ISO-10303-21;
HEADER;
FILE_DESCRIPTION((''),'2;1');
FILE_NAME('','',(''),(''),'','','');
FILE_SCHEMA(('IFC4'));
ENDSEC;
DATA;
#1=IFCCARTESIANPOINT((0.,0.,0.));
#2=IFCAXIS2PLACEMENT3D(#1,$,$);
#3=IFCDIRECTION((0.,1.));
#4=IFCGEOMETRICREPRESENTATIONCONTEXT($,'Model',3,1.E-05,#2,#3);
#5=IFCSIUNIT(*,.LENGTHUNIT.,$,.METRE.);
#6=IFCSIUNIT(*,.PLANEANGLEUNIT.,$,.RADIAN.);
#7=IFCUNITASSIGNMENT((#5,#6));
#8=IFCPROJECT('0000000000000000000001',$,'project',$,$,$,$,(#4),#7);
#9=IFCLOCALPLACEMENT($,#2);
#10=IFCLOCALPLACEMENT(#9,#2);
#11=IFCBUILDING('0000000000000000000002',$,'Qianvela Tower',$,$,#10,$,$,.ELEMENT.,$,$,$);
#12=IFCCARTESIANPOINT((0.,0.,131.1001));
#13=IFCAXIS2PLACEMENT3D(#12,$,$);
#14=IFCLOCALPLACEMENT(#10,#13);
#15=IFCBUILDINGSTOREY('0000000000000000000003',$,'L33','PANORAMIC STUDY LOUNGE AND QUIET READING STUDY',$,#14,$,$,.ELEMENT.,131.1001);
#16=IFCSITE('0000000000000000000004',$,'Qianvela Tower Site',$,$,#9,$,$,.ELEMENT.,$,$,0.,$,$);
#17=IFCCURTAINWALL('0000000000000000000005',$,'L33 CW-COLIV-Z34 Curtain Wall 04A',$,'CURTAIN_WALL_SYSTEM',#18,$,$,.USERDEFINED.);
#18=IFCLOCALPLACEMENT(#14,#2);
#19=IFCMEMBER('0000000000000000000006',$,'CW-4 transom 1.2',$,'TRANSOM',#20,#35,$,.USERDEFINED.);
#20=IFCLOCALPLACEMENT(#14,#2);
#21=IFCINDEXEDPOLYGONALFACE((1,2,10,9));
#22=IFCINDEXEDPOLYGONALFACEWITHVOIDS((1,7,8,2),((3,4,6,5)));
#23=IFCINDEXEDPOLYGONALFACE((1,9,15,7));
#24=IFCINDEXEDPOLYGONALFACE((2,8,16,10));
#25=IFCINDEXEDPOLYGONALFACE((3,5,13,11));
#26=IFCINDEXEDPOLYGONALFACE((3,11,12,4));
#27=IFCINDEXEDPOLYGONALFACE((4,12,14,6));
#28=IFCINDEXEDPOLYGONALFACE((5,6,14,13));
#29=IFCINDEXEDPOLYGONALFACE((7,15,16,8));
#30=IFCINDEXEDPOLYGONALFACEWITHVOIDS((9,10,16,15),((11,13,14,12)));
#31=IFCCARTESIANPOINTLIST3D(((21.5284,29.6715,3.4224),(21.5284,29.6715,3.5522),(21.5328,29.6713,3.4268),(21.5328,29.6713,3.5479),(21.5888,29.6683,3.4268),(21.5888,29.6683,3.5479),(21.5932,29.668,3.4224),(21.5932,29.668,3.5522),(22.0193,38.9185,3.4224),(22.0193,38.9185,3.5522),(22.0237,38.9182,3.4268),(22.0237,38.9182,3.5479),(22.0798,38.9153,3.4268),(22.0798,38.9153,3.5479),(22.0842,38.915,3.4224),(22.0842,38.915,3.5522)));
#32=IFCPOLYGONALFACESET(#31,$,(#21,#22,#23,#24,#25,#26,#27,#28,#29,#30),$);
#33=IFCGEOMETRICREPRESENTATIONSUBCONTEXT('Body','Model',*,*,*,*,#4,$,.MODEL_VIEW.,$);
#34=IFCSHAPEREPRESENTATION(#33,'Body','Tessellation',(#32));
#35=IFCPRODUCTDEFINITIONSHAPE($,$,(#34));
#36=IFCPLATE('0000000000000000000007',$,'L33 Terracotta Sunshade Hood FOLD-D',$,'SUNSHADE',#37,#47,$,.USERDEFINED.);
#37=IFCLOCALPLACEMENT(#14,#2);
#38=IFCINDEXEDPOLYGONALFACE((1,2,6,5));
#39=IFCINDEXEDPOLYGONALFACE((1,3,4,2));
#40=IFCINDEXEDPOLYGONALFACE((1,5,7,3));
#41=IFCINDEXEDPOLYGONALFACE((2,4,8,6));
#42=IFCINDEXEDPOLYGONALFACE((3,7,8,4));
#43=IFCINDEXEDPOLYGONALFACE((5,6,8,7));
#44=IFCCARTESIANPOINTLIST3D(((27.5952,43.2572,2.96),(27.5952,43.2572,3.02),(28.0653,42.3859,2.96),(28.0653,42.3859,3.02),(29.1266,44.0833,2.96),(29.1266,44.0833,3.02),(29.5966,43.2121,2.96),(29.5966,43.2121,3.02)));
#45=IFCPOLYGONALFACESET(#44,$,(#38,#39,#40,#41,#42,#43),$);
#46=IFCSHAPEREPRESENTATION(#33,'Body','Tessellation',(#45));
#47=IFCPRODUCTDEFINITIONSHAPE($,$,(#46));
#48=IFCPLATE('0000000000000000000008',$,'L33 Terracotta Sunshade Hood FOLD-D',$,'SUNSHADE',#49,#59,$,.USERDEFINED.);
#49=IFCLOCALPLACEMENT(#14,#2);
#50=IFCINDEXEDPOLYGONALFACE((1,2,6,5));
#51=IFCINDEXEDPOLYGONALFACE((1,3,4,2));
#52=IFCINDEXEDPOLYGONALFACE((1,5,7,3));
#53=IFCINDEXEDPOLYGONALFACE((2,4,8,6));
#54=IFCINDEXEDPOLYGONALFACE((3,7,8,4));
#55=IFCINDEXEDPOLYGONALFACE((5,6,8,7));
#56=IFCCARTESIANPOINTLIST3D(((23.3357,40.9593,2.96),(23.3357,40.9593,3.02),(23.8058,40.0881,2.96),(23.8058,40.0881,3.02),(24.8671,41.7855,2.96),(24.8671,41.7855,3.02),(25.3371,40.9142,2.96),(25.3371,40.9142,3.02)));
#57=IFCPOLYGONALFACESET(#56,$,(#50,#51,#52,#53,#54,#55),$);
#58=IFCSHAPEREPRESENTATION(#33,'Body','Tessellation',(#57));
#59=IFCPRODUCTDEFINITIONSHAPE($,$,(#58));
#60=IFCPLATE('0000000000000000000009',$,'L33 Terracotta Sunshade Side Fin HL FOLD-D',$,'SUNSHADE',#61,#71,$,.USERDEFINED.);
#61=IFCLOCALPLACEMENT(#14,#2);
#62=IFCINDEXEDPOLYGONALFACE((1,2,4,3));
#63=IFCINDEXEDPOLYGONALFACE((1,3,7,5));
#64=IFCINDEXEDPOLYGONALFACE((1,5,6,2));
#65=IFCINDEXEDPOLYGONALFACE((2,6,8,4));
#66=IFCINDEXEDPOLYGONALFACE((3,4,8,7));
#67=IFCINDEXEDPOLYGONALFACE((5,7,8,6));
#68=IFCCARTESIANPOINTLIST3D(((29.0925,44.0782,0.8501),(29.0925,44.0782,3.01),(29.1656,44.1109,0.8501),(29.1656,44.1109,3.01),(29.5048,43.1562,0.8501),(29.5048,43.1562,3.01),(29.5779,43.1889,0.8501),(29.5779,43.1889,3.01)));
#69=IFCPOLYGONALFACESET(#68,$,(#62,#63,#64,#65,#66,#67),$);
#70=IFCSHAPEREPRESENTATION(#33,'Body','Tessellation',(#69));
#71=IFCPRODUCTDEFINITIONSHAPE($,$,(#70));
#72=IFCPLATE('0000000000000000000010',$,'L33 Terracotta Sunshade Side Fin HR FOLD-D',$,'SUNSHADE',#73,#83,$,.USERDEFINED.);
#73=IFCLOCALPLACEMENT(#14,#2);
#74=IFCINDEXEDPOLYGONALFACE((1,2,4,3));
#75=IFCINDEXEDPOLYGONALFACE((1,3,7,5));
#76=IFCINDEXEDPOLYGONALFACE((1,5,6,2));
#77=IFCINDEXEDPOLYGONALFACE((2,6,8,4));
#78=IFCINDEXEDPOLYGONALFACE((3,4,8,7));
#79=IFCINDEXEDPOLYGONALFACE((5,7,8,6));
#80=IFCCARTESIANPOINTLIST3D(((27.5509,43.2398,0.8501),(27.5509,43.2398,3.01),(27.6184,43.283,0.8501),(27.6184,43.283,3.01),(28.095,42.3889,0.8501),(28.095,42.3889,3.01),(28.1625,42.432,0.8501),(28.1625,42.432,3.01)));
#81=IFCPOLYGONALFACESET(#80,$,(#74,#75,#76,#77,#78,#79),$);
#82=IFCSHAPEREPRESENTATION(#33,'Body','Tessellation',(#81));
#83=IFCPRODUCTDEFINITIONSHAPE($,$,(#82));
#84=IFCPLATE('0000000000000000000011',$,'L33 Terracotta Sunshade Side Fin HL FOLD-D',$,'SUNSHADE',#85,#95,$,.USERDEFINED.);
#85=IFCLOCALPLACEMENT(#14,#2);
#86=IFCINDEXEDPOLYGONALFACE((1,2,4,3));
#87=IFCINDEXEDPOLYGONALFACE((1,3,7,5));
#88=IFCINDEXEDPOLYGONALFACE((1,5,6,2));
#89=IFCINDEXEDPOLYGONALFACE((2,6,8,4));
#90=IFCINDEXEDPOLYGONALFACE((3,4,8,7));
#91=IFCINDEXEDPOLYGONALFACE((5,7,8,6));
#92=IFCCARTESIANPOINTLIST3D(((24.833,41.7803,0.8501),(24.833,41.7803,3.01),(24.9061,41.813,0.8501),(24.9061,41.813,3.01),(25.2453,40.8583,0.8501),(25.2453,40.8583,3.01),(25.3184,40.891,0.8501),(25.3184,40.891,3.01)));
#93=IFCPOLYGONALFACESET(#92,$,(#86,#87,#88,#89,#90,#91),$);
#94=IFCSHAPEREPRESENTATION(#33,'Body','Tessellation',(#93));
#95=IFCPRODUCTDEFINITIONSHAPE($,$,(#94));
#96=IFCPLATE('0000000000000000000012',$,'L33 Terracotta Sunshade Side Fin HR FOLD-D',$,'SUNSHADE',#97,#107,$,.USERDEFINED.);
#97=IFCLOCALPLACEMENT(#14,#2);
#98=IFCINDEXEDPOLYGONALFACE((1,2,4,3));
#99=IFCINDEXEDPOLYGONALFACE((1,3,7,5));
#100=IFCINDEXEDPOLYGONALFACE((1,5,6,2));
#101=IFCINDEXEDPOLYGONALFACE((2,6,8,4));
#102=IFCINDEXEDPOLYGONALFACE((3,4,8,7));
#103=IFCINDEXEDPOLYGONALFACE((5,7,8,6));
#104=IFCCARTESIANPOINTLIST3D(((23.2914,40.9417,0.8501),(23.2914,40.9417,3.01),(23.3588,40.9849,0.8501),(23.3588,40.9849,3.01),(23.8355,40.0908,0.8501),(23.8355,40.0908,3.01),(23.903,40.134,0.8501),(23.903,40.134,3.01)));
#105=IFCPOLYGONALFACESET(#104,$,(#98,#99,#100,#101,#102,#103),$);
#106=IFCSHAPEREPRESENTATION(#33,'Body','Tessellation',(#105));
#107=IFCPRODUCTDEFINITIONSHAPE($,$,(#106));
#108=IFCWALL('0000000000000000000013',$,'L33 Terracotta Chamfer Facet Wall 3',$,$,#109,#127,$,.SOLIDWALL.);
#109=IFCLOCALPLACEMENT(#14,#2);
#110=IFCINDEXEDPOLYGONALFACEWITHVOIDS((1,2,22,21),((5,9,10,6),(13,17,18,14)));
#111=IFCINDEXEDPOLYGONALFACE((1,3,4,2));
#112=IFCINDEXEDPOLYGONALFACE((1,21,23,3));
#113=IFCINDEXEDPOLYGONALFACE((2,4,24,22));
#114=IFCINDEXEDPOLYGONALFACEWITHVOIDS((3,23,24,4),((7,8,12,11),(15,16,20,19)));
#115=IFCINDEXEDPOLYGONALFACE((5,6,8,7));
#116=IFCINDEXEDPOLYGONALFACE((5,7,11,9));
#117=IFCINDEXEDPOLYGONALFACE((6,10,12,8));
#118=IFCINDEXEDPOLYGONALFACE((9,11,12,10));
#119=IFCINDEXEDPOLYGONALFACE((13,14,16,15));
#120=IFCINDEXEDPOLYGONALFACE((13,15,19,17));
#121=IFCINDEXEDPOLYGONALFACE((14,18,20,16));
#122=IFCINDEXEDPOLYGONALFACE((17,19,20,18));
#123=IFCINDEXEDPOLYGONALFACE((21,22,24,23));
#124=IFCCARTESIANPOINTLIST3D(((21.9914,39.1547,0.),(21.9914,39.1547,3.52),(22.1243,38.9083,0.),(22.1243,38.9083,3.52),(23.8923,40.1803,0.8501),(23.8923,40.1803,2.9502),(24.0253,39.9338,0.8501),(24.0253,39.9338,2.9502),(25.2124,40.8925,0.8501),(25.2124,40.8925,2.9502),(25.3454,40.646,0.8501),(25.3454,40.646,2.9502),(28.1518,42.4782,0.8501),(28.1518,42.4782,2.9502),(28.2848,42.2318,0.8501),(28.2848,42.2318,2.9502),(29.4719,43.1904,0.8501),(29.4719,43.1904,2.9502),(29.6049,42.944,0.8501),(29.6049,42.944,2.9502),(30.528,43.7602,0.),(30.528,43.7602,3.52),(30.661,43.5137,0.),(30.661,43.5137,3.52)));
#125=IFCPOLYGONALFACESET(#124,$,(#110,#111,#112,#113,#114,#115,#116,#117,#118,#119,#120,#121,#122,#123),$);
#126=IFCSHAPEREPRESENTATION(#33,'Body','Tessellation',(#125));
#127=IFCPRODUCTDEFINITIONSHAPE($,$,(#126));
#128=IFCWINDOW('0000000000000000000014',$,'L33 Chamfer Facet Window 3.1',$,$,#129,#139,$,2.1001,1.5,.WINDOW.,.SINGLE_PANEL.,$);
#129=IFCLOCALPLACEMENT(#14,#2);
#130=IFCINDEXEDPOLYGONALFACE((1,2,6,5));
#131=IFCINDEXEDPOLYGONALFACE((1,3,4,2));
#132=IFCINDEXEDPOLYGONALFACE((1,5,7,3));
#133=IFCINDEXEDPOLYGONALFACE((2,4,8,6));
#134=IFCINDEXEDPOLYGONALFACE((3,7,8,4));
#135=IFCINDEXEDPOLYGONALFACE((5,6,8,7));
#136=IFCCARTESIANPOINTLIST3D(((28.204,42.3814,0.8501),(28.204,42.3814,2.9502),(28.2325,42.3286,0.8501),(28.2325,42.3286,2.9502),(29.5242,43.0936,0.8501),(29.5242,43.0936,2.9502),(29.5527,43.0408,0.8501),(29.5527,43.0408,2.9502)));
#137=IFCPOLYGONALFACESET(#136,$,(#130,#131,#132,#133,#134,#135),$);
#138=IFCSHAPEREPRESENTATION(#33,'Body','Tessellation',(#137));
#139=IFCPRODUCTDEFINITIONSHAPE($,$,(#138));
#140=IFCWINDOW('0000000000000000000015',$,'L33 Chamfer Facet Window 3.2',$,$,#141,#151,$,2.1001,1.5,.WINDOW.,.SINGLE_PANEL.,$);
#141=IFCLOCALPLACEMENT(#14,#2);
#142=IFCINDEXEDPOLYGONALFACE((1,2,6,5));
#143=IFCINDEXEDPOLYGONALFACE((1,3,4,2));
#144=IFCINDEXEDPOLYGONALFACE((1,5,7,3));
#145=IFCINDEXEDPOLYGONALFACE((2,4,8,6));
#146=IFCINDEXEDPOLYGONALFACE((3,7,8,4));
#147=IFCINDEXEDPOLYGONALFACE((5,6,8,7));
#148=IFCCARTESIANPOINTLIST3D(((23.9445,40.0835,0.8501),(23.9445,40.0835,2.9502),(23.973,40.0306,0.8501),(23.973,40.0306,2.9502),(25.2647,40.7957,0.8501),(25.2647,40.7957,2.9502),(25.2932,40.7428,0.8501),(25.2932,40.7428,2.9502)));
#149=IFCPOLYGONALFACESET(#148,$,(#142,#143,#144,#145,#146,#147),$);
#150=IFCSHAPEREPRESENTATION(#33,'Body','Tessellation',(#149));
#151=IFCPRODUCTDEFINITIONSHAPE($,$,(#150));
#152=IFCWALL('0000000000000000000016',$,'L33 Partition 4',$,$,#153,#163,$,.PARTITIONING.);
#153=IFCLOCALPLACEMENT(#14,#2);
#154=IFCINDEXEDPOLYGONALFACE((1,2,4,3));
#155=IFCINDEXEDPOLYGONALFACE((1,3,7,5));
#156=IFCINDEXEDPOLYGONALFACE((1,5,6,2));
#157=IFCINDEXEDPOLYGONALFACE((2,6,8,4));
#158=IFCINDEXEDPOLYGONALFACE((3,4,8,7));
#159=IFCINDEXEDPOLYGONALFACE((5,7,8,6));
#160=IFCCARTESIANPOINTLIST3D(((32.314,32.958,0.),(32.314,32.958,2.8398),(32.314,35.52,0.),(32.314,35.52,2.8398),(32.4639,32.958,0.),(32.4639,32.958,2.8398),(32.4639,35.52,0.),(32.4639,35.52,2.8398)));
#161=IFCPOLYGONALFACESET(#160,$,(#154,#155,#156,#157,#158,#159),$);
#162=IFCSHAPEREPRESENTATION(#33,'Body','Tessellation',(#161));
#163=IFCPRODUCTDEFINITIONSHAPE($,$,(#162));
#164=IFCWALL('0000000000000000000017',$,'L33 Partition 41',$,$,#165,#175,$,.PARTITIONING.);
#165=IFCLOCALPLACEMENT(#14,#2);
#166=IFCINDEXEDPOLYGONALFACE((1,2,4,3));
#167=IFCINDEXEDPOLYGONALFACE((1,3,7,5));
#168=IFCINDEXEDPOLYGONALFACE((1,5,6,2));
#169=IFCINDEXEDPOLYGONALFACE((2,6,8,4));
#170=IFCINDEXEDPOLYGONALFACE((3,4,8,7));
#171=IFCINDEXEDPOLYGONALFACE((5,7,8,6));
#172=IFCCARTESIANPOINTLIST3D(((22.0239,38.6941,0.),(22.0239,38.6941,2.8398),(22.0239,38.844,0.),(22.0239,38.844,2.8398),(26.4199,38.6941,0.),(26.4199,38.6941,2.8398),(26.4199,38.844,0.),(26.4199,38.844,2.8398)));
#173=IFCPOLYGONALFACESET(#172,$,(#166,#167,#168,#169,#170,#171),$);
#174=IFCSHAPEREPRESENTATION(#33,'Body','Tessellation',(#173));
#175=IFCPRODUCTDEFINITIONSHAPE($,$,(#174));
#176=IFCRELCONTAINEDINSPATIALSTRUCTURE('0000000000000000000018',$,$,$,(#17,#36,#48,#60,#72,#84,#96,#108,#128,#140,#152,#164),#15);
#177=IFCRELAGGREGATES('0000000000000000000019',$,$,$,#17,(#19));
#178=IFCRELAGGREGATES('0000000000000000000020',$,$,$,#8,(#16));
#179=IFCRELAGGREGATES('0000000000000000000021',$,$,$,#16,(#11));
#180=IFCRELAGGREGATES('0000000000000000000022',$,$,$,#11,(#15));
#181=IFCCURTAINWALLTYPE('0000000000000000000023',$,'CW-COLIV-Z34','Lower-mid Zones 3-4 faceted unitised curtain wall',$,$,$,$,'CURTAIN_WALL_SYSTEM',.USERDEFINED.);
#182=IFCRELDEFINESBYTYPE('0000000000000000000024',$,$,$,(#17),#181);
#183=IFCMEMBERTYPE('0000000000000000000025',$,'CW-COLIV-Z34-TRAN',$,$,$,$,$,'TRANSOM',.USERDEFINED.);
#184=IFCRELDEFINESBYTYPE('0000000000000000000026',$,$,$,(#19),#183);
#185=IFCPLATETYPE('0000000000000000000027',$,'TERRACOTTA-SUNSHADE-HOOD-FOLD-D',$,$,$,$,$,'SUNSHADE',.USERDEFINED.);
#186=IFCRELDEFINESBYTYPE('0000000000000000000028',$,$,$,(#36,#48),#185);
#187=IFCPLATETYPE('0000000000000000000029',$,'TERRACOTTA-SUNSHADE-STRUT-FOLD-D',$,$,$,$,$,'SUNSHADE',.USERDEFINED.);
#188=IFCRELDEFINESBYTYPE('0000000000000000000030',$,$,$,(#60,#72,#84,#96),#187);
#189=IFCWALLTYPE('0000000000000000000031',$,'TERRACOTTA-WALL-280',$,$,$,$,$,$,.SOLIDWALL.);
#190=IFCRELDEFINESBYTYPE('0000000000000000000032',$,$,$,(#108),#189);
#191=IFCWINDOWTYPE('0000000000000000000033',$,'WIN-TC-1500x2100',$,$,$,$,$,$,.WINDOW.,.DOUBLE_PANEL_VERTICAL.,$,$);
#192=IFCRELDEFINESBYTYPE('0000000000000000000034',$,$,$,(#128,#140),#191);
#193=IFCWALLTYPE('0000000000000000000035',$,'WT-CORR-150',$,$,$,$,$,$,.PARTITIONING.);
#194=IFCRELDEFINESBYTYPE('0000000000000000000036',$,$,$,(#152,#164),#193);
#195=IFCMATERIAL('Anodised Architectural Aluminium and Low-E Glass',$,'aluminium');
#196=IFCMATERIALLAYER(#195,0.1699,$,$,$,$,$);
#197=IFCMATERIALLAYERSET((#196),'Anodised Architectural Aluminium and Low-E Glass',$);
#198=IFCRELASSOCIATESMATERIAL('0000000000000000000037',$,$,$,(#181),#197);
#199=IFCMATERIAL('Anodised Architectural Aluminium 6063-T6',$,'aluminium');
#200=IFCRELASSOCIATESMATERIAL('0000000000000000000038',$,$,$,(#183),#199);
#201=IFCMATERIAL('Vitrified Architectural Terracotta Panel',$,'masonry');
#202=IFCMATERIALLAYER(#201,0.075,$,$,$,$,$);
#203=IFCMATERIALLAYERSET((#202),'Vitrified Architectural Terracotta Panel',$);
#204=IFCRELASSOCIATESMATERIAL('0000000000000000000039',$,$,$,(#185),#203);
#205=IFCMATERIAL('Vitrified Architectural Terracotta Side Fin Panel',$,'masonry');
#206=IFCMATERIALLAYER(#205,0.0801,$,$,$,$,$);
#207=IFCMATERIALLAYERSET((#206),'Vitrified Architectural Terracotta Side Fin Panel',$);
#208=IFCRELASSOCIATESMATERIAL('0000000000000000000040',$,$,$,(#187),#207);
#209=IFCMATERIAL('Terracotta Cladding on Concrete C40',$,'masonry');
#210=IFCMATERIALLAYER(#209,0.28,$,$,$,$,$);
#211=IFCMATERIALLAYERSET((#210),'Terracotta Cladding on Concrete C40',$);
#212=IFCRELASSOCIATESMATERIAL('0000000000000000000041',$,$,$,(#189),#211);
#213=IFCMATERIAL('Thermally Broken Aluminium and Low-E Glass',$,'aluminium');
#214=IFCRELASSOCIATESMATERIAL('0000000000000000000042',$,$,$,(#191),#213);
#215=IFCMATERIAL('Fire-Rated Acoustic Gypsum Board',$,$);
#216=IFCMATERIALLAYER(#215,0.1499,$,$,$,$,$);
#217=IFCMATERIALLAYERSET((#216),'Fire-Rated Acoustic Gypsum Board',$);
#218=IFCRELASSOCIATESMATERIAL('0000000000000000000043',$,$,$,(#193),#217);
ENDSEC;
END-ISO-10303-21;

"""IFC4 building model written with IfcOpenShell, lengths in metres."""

from ifc_helpers import new_model, si_unit, direction, frame, frame_2d, origin, origin_2d, place, context, subcontext, project, spatial, rectangle, hollow_rectangle, extrude, material, layer, layer_set, material_profile, profile_set, type_object, element, fill, aggregate, save


model = new_model("IFC4")

# Units and contexts
model_context = context("Model", 3, precision=1e-05, world=origin(), true_north=direction((0.0, 1.0)))
body_context = subcontext(model_context, "Body", "Model", "MODEL_VIEW")
ifc_project = project(units=[si_unit("LENGTHUNIT", "METRE"), si_unit("PLANEANGLEUNIT", "RADIAN")], contexts=[model_context])

# Site, building, storey
site_placement = place(None, origin())
site = spatial("IfcSite", under=ifc_project, at=site_placement, Name="Qianvela Tower Site", CompositionType="ELEMENT", RefElevation=0.0)
building_placement = place(site_placement, origin())
building = spatial("IfcBuilding", under=site, at=building_placement, Name="Qianvela Tower", CompositionType="ELEMENT")
storey_placement = place(building_placement, frame((0.0, 0.0, 131.1001)))
storey = spatial("IfcBuildingStorey", under=building, at=storey_placement, Name="L33", Description="PANORAMIC STUDY LOUNGE AND QUIET READING STUDY", CompositionType="ELEMENT", Elevation=131.1001)

# Shared definitions
ifc_material_1 = material(Name="Anodised Architectural Aluminium and Low-E Glass", Category="aluminium")
ifc_layer_1 = layer(ifc_material_1, 0.1699)
ifc_layer_set_1 = layer_set([ifc_layer_1], Name="Anodised Architectural Aluminium and Low-E Glass")
curtain_wall_type = type_object("IfcCurtainWallType", Name="CW-COLIV-Z34", Description="Lower-mid Zones 3-4 faceted unitised curtain wall", ElementType="CURTAIN_WALL_SYSTEM", PredefinedType="USERDEFINED", material=ifc_layer_set_1)

# Curtain wall, member
curtain_wall_1_placement = place(storey_placement, origin())
curtain_wall_1 = element("IfcCurtainWall", 1, at=curtain_wall_1_placement, inside=storey, type_object=curtain_wall_type, Name="L33 CW-COLIV-Z34 Curtain Wall 04A", ObjectType="CURTAIN_WALL_SYSTEM", PredefinedType="USERDEFINED")
ifc_material_2 = material(Name="Anodised Architectural Aluminium 6063-T6", Category="aluminium")
ifc_material_profile_1 = material_profile(ifc_material_2, hollow_rectangle(XDim=0.0649, YDim=0.1299, WallThickness=0.0044, at=origin_2d()), Name="ALU-TRAN-65x130")
ifc_profile_set_1 = profile_set([ifc_material_profile_1], Name="Anodised Architectural Aluminium 6063-T6")
member_type_1 = type_object("IfcMemberType", Name="CW-COLIV-Z34-TRAN", ElementType="TRANSOM", PredefinedType="USERDEFINED", material=ifc_profile_set_1)
member_1_placement = place(storey_placement, frame((22.0518, 38.9167, 3.4873), z_axis=(-0.05302, -0.998593, 0.0), x_axis=(0.998593, -0.05302, 0.0)))
member_1 = element("IfcMember", 2, at=member_1_placement, type_object=member_type_1, Name="CW-4 transom 1.2", ObjectType="TRANSOM", PredefinedType="USERDEFINED", context=body_context, shape_type="SweptSolid", body=[
    extrude(hollow_rectangle(XDim=0.0649, YDim=0.1299, WallThickness=0.0044, at=origin_2d()), origin(), (0.0, 0.0, 1.0), 9.26),
])
aggregate(curtain_wall_1, [member_1])

# Plates
ifc_material_3 = material(Name="Vitrified Architectural Terracotta Panel", Category="masonry")
ifc_layer_2 = layer(ifc_material_3, 0.075)
ifc_layer_set_2 = layer_set([ifc_layer_2], Name="Vitrified Architectural Terracotta Panel")
plate_type_1 = type_object("IfcPlateType", Name="TERRACOTTA-SUNSHADE-HOOD-FOLD-D", ElementType="SUNSHADE", PredefinedType="USERDEFINED", material=ifc_layer_set_2)
for number, where, z_axis, x_axis, name in (
    (3, (28.5959, 43.2346, 2.96), (0.0, 0.0, 1.0), (-0.880093, -0.474801, 0.0), "L33 Terracotta Sunshade Hood FOLD-D"),
    (4, (24.3364, 40.9368, 2.96), (0.0, 0.0, 1.0), (-0.880093, -0.474801, 0.0), "L33 Terracotta Sunshade Hood FOLD-D"),
):
    element("IfcPlate", number, at=place(storey_placement, frame(where, z_axis=z_axis, x_axis=x_axis)), inside=storey, type_object=plate_type_1, Name=name, ObjectType="SUNSHADE", PredefinedType="USERDEFINED", context=body_context, shape_type="SweptSolid", body=[
        extrude(rectangle(XDim=1.74, YDim=0.99, at=origin_2d()), origin(), (0.0, 0.0, 1.0), 0.0601),
    ])
ifc_material_4 = material(Name="Vitrified Architectural Terracotta Side Fin Panel", Category="masonry")
ifc_layer_3 = layer(ifc_material_4, 0.0801)
ifc_layer_set_3 = layer_set([ifc_layer_3], Name="Vitrified Architectural Terracotta Side Fin Panel")
plate_type_2 = type_object("IfcPlateType", Name="TERRACOTTA-SUNSHADE-STRUT-FOLD-D", ElementType="SUNSHADE", PredefinedType="USERDEFINED", material=ifc_layer_set_3)
for number, where, z_axis, x_axis, name in (
    (5, (29.3352, 43.6335, 0.8501), (0.0, 0.0, 1.0), (-0.91286, -0.408273, 0.0), "L33 Terracotta Sunshade Side Fin HL FOLD-D"),
    (6, (27.8567, 42.8359, 0.8501), (0.0, 0.0, 1.0), (-0.842486, -0.538718, 0.0), "L33 Terracotta Sunshade Side Fin HR FOLD-D"),
    (7, (25.0757, 41.3357, 0.8501), (0.0, 0.0, 1.0), (-0.91286, -0.408273, 0.0), "L33 Terracotta Sunshade Side Fin HL FOLD-D"),
    (8, (23.5972, 40.5378, 0.8501), (0.0, 0.0, 1.0), (-0.842486, -0.538718, 0.0), "L33 Terracotta Sunshade Side Fin HR FOLD-D"),
):
    element("IfcPlate", number, at=place(storey_placement, frame(where, z_axis=z_axis, x_axis=x_axis)), inside=storey, type_object=plate_type_2, Name=name, ObjectType="SUNSHADE", PredefinedType="USERDEFINED", context=body_context, shape_type="SweptSolid", body=[
        extrude(rectangle(XDim=0.0801, YDim=1.01, at=origin_2d()), origin(), (0.0, 0.0, 1.0), 2.1599),
    ])

# Wall, openings, windows
ifc_material_5 = material(Name="Terracotta Cladding on Concrete C40", Category="masonry")
ifc_layer_4 = layer(ifc_material_5, 0.28)
ifc_layer_set_4 = layer_set([ifc_layer_4], Name="Terracotta Cladding on Concrete C40")
wall_type_1 = type_object("IfcWallType", Name="TERRACOTTA-WALL-280", PredefinedType="SOLIDWALL", material=ifc_layer_set_4)
wall_1_placement = place(storey_placement, frame((30.5945, 43.637, 0.0), z_axis=(0.0, 0.0, 1.0), x_axis=(-0.880091, -0.474805, 0.0)))
wall_1 = element("IfcWall", 9, at=wall_1_placement, inside=storey, type_object=wall_type_1, Name="L33 Terracotta Chamfer Facet Wall 3", PredefinedType="SOLIDWALL", context=body_context, shape_type="SweptSolid", body=[
    extrude(rectangle(XDim=9.6997, YDim=0.28, at=frame_2d((4.8499, 0.0))), origin(), (0.0, 0.0, 1.0), 3.52),
])
opening_1_placement = place(wall_1_placement, frame((1.2, 0.0, 0.8501)))
opening_1 = element("IfcOpeningElement", 10, at=opening_1_placement, cuts=wall_1, PredefinedType="OPENING", context=body_context, shape_type="SweptSolid", body=[
    extrude(rectangle(XDim=1.5, YDim=2.1001, at=frame_2d((0.75, 1.05))), frame((0.0, 0.1499, 0.0), z_axis=(0.0, -1.0, 0.0), x_axis=(1.0, 0.0, 0.0)), (0.0, 0.0, 1.0), 0.3),
])
opening_2_placement = place(wall_1_placement, frame((6.0398, 0.0, 0.8501)))
opening_2 = element("IfcOpeningElement", 11, at=opening_2_placement, cuts=wall_1, PredefinedType="OPENING", context=body_context, shape_type="SweptSolid", body=[
    extrude(rectangle(XDim=1.5, YDim=2.1001, at=frame_2d((0.75, 1.05))), frame((0.0, 0.1499, 0.0), z_axis=(0.0, -1.0, 0.0), x_axis=(1.0, 0.0, 0.0)), (0.0, 0.0, 1.0), 0.3),
])
ifc_material_6 = material(Name="Thermally Broken Aluminium and Low-E Glass", Category="aluminium")
window_type = type_object("IfcWindowType", Name="WIN-TC-1500x2100", PartitioningType="DOUBLE_PANEL_VERTICAL", PredefinedType="WINDOW", material=ifc_material_6)
window_1_placement = place(opening_1_placement, origin())
window_1 = element("IfcWindow", 12, at=window_1_placement, inside=storey, type_object=window_type, Name="L33 Chamfer Facet Window 3.1", OverallHeight=2.1001, OverallWidth=1.5, PartitioningType="SINGLE_PANEL", PredefinedType="WINDOW", context=body_context, shape_type="SweptSolid", body=[
    extrude(rectangle(XDim=1.5, YDim=2.1001, at=frame_2d((0.75, 1.05))), frame((0.0, 0.03, 0.0), z_axis=(0.0, -1.0, 0.0), x_axis=(1.0, 0.0, 0.0)), (0.0, 0.0, 1.0), 0.0601),
])
fill(opening_1, window_1)
window_2_placement = place(opening_2_placement, origin())
window_2 = element("IfcWindow", 13, at=window_2_placement, inside=storey, type_object=window_type, Name="L33 Chamfer Facet Window 3.2", OverallHeight=2.1001, OverallWidth=1.5, PartitioningType="SINGLE_PANEL", PredefinedType="WINDOW", context=body_context, shape_type="SweptSolid", body=[
    extrude(rectangle(XDim=1.5, YDim=2.1001, at=frame_2d((0.75, 1.05))), frame((0.0, 0.03, 0.0), z_axis=(0.0, -1.0, 0.0), x_axis=(1.0, 0.0, 0.0)), (0.0, 0.0, 1.0), 0.0601),
])
fill(opening_2, window_2)

# Shared definitions
ifc_material_7 = material(Name="Fire-Rated Acoustic Gypsum Board")
ifc_layer_5 = layer(ifc_material_7, 0.1499)
ifc_layer_set_5 = layer_set([ifc_layer_5], Name="Fire-Rated Acoustic Gypsum Board")
wall_type_2 = type_object("IfcWallType", Name="WT-CORR-150", PredefinedType="PARTITIONING", material=ifc_layer_set_5)

# Walls
wall_2_placement = place(storey_placement, frame((32.3889, 35.52, 0.0), z_axis=(0.0, 0.0, 1.0), x_axis=(0.0, -1.0, 0.0)))
element("IfcWall", 14, at=wall_2_placement, inside=storey, type_object=wall_type_2, Name="L33 Partition 4", PredefinedType="PARTITIONING", context=body_context, shape_type="SweptSolid", body=[
    extrude(rectangle(XDim=2.562, YDim=0.1499, at=frame_2d((1.281, 0.0))), origin(), (0.0, 0.0, 1.0), 2.8398),
])
wall_3_placement = place(storey_placement, frame((22.0239, 38.769, 0.0), z_axis=(0.0, 0.0, 1.0), x_axis=(1.0, 0.0, 0.0)))
element("IfcWall", 15, at=wall_3_placement, inside=storey, type_object=wall_type_2, Name="L33 Partition 41", PredefinedType="PARTITIONING", context=body_context, shape_type="SweptSolid", body=[
    extrude(rectangle(XDim=4.396, YDim=0.1499, at=frame_2d((2.198, 0.0))), origin(), (0.0, 0.0, 1.0), 2.8398),
])

save(model, "model.ifc")
